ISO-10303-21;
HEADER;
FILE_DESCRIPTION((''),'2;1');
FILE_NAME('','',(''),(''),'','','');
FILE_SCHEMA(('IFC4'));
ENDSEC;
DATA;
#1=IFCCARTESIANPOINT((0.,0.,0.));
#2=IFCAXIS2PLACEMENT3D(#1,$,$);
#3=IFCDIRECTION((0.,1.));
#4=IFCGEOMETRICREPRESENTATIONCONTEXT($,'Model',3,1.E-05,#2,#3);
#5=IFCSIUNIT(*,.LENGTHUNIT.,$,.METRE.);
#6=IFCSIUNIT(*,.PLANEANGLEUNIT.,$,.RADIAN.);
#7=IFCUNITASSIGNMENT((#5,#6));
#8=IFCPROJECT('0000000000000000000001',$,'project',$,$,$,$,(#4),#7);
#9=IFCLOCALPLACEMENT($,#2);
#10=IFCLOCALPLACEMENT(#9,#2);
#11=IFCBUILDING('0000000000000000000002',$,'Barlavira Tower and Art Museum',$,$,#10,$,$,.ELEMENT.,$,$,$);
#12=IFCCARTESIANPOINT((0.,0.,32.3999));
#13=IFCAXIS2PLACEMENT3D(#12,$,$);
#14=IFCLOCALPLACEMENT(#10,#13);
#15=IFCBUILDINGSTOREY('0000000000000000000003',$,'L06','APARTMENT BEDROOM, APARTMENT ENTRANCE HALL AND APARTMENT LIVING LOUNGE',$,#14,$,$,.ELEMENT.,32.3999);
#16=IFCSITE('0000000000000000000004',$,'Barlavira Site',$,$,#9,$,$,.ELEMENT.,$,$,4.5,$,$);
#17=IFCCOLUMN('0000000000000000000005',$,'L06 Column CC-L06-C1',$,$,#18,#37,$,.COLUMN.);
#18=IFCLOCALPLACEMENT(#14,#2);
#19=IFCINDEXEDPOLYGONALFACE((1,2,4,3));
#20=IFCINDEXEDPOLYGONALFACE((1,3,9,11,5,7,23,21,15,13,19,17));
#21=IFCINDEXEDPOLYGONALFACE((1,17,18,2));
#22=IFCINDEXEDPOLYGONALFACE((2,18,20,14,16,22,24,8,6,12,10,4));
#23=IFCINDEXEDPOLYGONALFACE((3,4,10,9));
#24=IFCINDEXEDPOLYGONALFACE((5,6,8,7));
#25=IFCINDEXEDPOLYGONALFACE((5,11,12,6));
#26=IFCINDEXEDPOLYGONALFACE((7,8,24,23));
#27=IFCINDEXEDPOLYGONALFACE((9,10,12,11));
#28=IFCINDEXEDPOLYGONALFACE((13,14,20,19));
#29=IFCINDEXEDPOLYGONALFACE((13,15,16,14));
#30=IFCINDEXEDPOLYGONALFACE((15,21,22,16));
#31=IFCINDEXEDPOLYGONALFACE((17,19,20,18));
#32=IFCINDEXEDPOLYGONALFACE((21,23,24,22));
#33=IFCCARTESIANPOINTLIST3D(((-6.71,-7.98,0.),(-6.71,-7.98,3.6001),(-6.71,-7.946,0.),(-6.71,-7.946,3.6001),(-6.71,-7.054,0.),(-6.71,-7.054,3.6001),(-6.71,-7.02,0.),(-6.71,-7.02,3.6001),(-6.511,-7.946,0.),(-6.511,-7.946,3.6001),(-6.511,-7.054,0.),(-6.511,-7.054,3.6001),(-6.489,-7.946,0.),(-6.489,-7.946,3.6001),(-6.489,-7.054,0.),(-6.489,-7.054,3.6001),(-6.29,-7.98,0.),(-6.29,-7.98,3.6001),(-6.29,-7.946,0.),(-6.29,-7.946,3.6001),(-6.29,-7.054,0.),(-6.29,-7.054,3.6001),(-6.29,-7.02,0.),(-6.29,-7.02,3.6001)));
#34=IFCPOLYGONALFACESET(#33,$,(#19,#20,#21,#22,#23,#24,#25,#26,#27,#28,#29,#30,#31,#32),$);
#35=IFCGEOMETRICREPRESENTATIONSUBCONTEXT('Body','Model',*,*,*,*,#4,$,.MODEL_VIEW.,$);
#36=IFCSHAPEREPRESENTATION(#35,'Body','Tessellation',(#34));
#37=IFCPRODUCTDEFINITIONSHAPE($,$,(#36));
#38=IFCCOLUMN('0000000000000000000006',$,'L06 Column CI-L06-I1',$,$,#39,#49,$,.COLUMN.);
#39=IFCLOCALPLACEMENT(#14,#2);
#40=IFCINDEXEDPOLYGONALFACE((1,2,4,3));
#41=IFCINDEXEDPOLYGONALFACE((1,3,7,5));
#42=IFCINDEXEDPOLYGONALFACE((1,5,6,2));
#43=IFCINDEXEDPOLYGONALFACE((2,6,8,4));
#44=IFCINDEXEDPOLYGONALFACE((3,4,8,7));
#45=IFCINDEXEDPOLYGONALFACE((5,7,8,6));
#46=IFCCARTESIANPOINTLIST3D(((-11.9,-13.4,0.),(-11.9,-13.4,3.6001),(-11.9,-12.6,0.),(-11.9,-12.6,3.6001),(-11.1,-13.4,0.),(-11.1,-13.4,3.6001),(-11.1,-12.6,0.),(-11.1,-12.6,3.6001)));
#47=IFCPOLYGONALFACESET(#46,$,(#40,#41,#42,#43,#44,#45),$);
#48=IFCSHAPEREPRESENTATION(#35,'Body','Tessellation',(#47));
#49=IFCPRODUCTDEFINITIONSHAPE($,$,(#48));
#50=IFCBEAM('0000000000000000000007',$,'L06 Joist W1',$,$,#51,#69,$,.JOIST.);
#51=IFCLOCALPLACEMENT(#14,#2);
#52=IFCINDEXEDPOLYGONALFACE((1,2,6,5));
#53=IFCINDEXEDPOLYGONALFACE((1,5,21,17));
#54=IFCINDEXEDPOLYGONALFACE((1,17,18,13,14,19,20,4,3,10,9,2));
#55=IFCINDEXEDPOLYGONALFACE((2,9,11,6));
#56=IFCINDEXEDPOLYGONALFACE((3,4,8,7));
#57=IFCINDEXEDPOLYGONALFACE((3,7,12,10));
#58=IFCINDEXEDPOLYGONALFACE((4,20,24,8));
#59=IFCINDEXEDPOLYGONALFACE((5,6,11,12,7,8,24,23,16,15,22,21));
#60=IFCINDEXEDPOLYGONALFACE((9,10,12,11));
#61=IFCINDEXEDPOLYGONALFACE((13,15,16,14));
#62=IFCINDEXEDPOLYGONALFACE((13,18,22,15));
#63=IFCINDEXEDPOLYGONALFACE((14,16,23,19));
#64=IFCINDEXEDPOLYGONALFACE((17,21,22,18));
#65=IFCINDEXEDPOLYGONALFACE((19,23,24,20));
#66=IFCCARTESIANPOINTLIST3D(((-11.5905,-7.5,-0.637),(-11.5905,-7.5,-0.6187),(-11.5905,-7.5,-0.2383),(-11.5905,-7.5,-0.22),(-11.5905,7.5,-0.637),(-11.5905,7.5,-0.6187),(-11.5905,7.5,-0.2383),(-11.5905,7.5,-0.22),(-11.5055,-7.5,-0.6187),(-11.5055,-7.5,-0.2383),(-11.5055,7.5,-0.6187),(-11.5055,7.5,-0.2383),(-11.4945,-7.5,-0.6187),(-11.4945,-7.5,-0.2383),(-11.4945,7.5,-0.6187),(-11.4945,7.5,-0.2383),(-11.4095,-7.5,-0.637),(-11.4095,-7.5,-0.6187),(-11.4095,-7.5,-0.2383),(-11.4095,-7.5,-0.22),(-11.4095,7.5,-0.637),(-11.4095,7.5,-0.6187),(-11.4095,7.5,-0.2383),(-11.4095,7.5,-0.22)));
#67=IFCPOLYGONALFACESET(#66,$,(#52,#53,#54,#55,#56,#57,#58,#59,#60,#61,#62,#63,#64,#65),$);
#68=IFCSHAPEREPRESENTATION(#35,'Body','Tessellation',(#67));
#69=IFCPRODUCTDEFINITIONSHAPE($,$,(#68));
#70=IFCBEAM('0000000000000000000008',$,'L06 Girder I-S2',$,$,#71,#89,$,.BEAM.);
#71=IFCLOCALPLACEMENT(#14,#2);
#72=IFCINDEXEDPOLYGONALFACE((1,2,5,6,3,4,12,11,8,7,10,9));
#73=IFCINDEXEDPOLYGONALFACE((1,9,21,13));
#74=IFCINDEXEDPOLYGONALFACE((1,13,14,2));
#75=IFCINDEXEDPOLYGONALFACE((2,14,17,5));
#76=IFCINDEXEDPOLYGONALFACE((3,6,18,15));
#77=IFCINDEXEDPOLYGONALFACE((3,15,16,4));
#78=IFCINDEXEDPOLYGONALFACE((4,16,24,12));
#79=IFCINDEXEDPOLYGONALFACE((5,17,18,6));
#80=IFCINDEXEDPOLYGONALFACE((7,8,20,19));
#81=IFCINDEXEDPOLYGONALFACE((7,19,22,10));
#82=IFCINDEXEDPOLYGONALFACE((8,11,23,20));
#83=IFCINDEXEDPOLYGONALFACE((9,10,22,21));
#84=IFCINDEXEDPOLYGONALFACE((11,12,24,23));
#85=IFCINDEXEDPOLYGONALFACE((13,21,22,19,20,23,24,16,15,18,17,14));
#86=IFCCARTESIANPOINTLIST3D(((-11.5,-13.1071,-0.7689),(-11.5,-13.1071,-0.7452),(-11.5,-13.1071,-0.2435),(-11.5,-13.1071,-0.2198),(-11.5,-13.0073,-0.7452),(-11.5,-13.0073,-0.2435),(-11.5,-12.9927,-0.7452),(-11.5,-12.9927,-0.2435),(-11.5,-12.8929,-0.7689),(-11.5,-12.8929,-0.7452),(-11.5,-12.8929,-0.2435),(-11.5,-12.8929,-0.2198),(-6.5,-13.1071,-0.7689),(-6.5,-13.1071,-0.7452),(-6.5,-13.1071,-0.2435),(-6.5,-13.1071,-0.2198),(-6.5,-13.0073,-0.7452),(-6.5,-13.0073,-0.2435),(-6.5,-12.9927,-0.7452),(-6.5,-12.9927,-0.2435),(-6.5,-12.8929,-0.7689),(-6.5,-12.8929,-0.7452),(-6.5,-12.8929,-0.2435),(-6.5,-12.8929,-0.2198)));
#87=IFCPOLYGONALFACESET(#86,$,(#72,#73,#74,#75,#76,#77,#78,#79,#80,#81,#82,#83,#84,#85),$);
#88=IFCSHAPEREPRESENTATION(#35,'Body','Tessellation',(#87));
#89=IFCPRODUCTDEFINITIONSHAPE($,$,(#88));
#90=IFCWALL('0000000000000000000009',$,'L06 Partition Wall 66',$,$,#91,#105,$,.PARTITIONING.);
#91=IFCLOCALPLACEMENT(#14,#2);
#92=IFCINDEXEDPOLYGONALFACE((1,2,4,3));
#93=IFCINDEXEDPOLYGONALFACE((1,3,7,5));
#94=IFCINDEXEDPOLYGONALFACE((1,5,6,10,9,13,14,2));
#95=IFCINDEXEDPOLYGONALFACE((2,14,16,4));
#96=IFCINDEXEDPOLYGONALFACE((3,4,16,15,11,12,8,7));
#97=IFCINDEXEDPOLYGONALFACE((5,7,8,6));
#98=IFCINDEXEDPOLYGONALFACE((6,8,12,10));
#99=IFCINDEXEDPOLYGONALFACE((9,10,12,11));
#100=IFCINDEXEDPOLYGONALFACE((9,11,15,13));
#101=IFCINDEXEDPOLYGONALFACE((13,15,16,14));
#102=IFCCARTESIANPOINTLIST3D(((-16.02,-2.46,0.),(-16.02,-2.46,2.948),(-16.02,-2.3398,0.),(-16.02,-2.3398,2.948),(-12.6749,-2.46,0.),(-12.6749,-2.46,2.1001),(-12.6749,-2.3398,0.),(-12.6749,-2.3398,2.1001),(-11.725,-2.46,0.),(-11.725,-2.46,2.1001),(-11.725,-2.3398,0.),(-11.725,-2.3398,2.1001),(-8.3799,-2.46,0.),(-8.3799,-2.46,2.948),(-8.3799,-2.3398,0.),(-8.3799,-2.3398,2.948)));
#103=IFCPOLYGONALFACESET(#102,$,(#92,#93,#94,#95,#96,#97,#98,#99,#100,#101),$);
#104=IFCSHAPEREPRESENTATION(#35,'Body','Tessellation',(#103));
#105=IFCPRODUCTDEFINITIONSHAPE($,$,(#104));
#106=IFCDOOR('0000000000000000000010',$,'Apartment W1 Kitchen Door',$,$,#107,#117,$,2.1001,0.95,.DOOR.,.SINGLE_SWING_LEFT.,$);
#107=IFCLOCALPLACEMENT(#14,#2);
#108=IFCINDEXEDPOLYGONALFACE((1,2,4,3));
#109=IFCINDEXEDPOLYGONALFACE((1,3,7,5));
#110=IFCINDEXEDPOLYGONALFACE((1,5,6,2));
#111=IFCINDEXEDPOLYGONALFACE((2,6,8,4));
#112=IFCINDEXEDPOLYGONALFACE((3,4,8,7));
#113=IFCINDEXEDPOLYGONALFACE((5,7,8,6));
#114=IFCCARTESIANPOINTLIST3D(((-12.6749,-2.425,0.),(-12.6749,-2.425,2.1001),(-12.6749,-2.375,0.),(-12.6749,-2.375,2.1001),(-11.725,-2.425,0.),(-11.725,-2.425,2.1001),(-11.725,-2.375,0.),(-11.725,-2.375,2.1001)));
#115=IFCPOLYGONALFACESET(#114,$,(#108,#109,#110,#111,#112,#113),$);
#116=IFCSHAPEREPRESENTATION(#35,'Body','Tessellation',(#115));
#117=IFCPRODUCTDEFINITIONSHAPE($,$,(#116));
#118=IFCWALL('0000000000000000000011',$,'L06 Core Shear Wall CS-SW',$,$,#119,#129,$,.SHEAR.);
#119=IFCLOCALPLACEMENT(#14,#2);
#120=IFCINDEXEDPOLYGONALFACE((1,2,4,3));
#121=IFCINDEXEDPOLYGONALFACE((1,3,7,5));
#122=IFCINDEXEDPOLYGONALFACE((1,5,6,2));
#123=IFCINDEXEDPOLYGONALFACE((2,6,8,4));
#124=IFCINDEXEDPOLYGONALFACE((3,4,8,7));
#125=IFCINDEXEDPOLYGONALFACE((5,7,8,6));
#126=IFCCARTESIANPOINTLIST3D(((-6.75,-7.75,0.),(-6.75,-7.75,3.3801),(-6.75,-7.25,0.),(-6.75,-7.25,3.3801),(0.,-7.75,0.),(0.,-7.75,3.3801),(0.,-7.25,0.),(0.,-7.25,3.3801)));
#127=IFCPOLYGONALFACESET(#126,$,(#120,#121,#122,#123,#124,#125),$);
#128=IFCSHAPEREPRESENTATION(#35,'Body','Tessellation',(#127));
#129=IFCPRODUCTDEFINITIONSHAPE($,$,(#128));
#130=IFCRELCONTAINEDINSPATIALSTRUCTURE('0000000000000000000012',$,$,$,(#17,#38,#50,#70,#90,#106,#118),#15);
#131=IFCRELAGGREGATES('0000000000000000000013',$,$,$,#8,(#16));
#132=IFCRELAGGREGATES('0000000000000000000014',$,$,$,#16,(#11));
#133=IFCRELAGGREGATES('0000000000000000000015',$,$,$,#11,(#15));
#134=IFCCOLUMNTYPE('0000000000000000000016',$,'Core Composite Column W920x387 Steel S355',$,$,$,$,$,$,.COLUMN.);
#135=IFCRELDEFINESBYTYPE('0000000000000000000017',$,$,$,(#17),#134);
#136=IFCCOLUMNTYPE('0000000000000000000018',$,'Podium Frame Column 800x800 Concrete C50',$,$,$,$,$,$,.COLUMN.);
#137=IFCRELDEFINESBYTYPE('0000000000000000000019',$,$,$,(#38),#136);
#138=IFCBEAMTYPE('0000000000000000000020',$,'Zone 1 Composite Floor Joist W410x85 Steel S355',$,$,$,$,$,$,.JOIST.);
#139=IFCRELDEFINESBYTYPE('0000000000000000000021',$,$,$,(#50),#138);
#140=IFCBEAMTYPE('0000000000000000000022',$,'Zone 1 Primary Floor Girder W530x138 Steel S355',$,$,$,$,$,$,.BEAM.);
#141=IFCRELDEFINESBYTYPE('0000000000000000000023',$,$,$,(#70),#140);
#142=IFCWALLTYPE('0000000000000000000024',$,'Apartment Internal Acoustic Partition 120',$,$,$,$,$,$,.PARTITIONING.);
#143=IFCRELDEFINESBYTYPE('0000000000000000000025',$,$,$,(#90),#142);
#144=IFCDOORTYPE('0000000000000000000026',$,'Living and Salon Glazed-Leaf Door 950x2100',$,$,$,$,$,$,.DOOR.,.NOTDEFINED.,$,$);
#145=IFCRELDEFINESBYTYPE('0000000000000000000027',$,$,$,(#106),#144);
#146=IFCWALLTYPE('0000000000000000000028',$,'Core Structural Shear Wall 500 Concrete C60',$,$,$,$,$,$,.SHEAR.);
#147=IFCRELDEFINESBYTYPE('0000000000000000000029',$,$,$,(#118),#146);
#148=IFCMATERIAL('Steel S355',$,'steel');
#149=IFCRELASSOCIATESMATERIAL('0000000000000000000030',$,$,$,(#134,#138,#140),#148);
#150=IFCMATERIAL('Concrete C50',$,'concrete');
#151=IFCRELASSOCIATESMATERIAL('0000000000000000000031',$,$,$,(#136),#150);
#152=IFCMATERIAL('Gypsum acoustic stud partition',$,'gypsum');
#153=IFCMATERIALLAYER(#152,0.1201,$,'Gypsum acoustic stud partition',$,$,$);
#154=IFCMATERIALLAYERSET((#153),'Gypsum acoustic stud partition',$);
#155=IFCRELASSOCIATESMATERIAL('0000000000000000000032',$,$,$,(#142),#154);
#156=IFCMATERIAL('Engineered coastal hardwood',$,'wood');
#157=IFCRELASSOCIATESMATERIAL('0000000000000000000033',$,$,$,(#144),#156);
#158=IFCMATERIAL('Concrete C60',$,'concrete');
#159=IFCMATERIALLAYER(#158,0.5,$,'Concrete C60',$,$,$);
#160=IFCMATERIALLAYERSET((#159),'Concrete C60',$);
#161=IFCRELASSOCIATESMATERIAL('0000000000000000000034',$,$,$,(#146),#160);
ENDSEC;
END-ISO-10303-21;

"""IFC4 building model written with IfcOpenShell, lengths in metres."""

from ifc_helpers import new_model, si_unit, direction, frame, frame_2d, origin, origin_2d, place, context, subcontext, project, spatial, rectangle, i_section, extrude, material, layer, layer_set, material_profile, profile_set, type_object, element, fill, save


model = new_model("IFC4")

# Units and contexts
model_context = context("Model", 3, precision=1e-05, world=origin(), true_north=direction((0.0, 1.0)))
body_context = subcontext(model_context, "Body", "Model", "MODEL_VIEW")
ifc_project = project(units=[si_unit("LENGTHUNIT", "METRE"), si_unit("PLANEANGLEUNIT", "RADIAN")], contexts=[model_context])

# Site, building, storey
site_placement = place(None, origin())
site = spatial("IfcSite", under=ifc_project, at=site_placement, Name="Barlavira Site", CompositionType="ELEMENT", RefElevation=4.5)
building_placement = place(site_placement, origin())
building = spatial("IfcBuilding", under=site, at=building_placement, Name="Barlavira Tower and Art Museum", CompositionType="ELEMENT")
storey_placement = place(building_placement, frame((0.0, 0.0, 32.3999)))
storey = spatial("IfcBuildingStorey", under=building, at=storey_placement, Name="L06", Description="APARTMENT BEDROOM, APARTMENT ENTRANCE HALL AND APARTMENT LIVING LOUNGE", CompositionType="ELEMENT", Elevation=32.3999)

# Columns
ifc_material_1 = material(Name="Steel S355", Category="steel")
ifc_material_profile_1 = material_profile(ifc_material_1, i_section(OverallWidth=0.4199, OverallDepth=0.96, WebThickness=0.022, FlangeThickness=0.0339, at=origin_2d()), Name="W920x387.0")
ifc_profile_set_1 = profile_set([ifc_material_profile_1], Name="Steel S355")
column_type_1 = type_object("IfcColumnType", Name="Core Composite Column W920x387 Steel S355", PredefinedType="COLUMN", material=ifc_profile_set_1)
column_1_placement = place(storey_placement, frame((-6.5, -7.5, 0.0), z_axis=(0.0, 0.0, 1.0), x_axis=(1.0, 0.0, 0.0)))
element("IfcColumn", 1, at=column_1_placement, inside=storey, type_object=column_type_1, Name="L06 Column CC-L06-C1", PredefinedType="COLUMN", context=body_context, shape_type="SweptSolid", body=[
    extrude(i_section(OverallWidth=0.4199, OverallDepth=0.96, WebThickness=0.022, FlangeThickness=0.0339, at=origin_2d()), origin(), (0.0, 0.0, 1.0), 3.6001),
])
ifc_material_2 = material(Name="Concrete C50", Category="concrete")
ifc_material_profile_2 = material_profile(ifc_material_2, rectangle(XDim=0.8, YDim=0.8, at=origin_2d()), Name="RC-COL 800x800")
ifc_profile_set_2 = profile_set([ifc_material_profile_2], Name="Concrete C50")
column_type_2 = type_object("IfcColumnType", Name="Podium Frame Column 800x800 Concrete C50", PredefinedType="COLUMN", material=ifc_profile_set_2)
column_2_placement = place(storey_placement, frame((-11.5, -13.0, 0.0), z_axis=(0.0, 0.0, 1.0), x_axis=(1.0, 0.0, 0.0)))
element("IfcColumn", 2, at=column_2_placement, inside=storey, type_object=column_type_2, Name="L06 Column CI-L06-I1", PredefinedType="COLUMN", context=body_context, shape_type="SweptSolid", body=[
    extrude(rectangle(XDim=0.8, YDim=0.8, at=origin_2d()), origin(), (0.0, 0.0, 1.0), 3.6001),
])

# Beams
ifc_material_profile_3 = material_profile(ifc_material_1, i_section(OverallWidth=0.1809, OverallDepth=0.417, WebThickness=0.011, FlangeThickness=0.0183, at=origin_2d()), Name="W410x85.0")
ifc_profile_set_3 = profile_set([ifc_material_profile_3], Name="Steel S355")
beam_type_1 = type_object("IfcBeamType", Name="Zone 1 Composite Floor Joist W410x85 Steel S355", PredefinedType="JOIST", material=ifc_profile_set_3)
beam_1_placement = place(storey_placement, frame((-11.5, -7.5, -0.4285), z_axis=(0.0, 1.0, 0.0), x_axis=(-1.0, 0.0, 0.0)))
element("IfcBeam", 3, at=beam_1_placement, inside=storey, type_object=beam_type_1, Name="L06 Joist W1", PredefinedType="JOIST", context=body_context, shape_type="SweptSolid", body=[
    extrude(i_section(OverallWidth=0.1809, OverallDepth=0.417, WebThickness=0.011, FlangeThickness=0.0183, at=origin_2d()), origin(), (0.0, 0.0, 1.0), 15.0),
])
ifc_material_profile_4 = material_profile(ifc_material_1, i_section(OverallWidth=0.2141, OverallDepth=0.5491, WebThickness=0.0146, FlangeThickness=0.0237, at=origin_2d()), Name="W530x138.0")
ifc_profile_set_4 = profile_set([ifc_material_profile_4], Name="Steel S355")
beam_type_2 = type_object("IfcBeamType", Name="Zone 1 Primary Floor Girder W530x138 Steel S355", PredefinedType="BEAM", material=ifc_profile_set_4)
beam_2_placement = place(storey_placement, frame((-11.5, -13.0, -0.4944), z_axis=(1.0, 0.0, 0.0), x_axis=(0.0, 1.0, 0.0)))
element("IfcBeam", 4, at=beam_2_placement, inside=storey, type_object=beam_type_2, Name="L06 Girder I-S2", PredefinedType="BEAM", context=body_context, shape_type="SweptSolid", body=[
    extrude(i_section(OverallWidth=0.2141, OverallDepth=0.5491, WebThickness=0.0146, FlangeThickness=0.0237, at=origin_2d()), origin(), (0.0, 0.0, 1.0), 5.0),
])

# Wall, opening, door
ifc_material_3 = material(Name="Gypsum acoustic stud partition", Category="gypsum")
ifc_layer_1 = layer(ifc_material_3, 0.1201, Name="Gypsum acoustic stud partition")
ifc_layer_set_1 = layer_set([ifc_layer_1], Name="Gypsum acoustic stud partition")
wall_type_1 = type_object("IfcWallType", Name="Apartment Internal Acoustic Partition 120", PredefinedType="PARTITIONING", material=ifc_layer_set_1)
wall_1_placement = place(storey_placement, frame((-16.02, -2.3999, 0.0), z_axis=(0.0, 0.0, 1.0), x_axis=(1.0, 0.0, 0.0)))
wall_1 = element("IfcWall", 5, at=wall_1_placement, inside=storey, type_object=wall_type_1, Name="L06 Partition Wall 66", PredefinedType="PARTITIONING", context=body_context, shape_type="SweptSolid", body=[
    extrude(rectangle(XDim=7.6401, YDim=0.1201, at=frame_2d((3.8201, 0.0))), origin(), (0.0, 0.0, 1.0), 2.948),
])
opening_1_placement = place(wall_1_placement, frame((3.345, 0.0, 0.0)))
opening_1 = element("IfcOpeningElement", 6, at=opening_1_placement, cuts=wall_1, PredefinedType="OPENING", context=body_context, shape_type="SweptSolid", body=[
    extrude(rectangle(XDim=0.95, YDim=2.1001, at=frame_2d((0.4751, 1.05))), frame((0.0, 0.0701, 0.0), z_axis=(0.0, -1.0, 0.0), x_axis=(1.0, 0.0, 0.0)), (0.0, 0.0, 1.0), 0.1401),
])
ifc_material_4 = material(Name="Engineered coastal hardwood", Category="wood")
door_type_1 = type_object("IfcDoorType", Name="Living and Salon Glazed-Leaf Door 950x2100", OperationType="NOTDEFINED", PredefinedType="DOOR", material=ifc_material_4)
door_1_placement = place(opening_1_placement, origin())
door_1 = element("IfcDoor", 7, at=door_1_placement, inside=storey, type_object=door_type_1, Name="Apartment W1 Kitchen Door", OperationType="SINGLE_SWING_LEFT", OverallHeight=2.1001, OverallWidth=0.95, PredefinedType="DOOR", context=body_context, shape_type="SweptSolid", body=[
    extrude(rectangle(XDim=0.95, YDim=2.1001, at=frame_2d((0.4751, 1.05))), frame((0.0, 0.0249, 0.0), z_axis=(0.0, -1.0, 0.0), x_axis=(1.0, 0.0, 0.0)), (0.0, 0.0, 1.0), 0.05),
])
fill(opening_1, door_1)

# Wall
ifc_material_5 = material(Name="Concrete C60", Category="concrete")
ifc_layer_2 = layer(ifc_material_5, 0.5, Name="Concrete C60")
ifc_layer_set_2 = layer_set([ifc_layer_2], Name="Concrete C60")
wall_type_2 = type_object("IfcWallType", Name="Core Structural Shear Wall 500 Concrete C60", PredefinedType="SHEAR", material=ifc_layer_set_2)
wall_2_placement = place(storey_placement, frame((-6.75, -7.5, 0.0), z_axis=(0.0, 0.0, 1.0), x_axis=(1.0, 0.0, 0.0)))
element("IfcWall", 8, at=wall_2_placement, inside=storey, type_object=wall_type_2, Name="L06 Core Shear Wall CS-SW", PredefinedType="SHEAR", context=body_context, shape_type="SweptSolid", body=[
    extrude(rectangle(XDim=6.75, YDim=0.5, at=frame_2d((3.375, 0.0))), origin(), (0.0, 0.0, 1.0), 3.3801),
])

save(model, "model.ifc")
